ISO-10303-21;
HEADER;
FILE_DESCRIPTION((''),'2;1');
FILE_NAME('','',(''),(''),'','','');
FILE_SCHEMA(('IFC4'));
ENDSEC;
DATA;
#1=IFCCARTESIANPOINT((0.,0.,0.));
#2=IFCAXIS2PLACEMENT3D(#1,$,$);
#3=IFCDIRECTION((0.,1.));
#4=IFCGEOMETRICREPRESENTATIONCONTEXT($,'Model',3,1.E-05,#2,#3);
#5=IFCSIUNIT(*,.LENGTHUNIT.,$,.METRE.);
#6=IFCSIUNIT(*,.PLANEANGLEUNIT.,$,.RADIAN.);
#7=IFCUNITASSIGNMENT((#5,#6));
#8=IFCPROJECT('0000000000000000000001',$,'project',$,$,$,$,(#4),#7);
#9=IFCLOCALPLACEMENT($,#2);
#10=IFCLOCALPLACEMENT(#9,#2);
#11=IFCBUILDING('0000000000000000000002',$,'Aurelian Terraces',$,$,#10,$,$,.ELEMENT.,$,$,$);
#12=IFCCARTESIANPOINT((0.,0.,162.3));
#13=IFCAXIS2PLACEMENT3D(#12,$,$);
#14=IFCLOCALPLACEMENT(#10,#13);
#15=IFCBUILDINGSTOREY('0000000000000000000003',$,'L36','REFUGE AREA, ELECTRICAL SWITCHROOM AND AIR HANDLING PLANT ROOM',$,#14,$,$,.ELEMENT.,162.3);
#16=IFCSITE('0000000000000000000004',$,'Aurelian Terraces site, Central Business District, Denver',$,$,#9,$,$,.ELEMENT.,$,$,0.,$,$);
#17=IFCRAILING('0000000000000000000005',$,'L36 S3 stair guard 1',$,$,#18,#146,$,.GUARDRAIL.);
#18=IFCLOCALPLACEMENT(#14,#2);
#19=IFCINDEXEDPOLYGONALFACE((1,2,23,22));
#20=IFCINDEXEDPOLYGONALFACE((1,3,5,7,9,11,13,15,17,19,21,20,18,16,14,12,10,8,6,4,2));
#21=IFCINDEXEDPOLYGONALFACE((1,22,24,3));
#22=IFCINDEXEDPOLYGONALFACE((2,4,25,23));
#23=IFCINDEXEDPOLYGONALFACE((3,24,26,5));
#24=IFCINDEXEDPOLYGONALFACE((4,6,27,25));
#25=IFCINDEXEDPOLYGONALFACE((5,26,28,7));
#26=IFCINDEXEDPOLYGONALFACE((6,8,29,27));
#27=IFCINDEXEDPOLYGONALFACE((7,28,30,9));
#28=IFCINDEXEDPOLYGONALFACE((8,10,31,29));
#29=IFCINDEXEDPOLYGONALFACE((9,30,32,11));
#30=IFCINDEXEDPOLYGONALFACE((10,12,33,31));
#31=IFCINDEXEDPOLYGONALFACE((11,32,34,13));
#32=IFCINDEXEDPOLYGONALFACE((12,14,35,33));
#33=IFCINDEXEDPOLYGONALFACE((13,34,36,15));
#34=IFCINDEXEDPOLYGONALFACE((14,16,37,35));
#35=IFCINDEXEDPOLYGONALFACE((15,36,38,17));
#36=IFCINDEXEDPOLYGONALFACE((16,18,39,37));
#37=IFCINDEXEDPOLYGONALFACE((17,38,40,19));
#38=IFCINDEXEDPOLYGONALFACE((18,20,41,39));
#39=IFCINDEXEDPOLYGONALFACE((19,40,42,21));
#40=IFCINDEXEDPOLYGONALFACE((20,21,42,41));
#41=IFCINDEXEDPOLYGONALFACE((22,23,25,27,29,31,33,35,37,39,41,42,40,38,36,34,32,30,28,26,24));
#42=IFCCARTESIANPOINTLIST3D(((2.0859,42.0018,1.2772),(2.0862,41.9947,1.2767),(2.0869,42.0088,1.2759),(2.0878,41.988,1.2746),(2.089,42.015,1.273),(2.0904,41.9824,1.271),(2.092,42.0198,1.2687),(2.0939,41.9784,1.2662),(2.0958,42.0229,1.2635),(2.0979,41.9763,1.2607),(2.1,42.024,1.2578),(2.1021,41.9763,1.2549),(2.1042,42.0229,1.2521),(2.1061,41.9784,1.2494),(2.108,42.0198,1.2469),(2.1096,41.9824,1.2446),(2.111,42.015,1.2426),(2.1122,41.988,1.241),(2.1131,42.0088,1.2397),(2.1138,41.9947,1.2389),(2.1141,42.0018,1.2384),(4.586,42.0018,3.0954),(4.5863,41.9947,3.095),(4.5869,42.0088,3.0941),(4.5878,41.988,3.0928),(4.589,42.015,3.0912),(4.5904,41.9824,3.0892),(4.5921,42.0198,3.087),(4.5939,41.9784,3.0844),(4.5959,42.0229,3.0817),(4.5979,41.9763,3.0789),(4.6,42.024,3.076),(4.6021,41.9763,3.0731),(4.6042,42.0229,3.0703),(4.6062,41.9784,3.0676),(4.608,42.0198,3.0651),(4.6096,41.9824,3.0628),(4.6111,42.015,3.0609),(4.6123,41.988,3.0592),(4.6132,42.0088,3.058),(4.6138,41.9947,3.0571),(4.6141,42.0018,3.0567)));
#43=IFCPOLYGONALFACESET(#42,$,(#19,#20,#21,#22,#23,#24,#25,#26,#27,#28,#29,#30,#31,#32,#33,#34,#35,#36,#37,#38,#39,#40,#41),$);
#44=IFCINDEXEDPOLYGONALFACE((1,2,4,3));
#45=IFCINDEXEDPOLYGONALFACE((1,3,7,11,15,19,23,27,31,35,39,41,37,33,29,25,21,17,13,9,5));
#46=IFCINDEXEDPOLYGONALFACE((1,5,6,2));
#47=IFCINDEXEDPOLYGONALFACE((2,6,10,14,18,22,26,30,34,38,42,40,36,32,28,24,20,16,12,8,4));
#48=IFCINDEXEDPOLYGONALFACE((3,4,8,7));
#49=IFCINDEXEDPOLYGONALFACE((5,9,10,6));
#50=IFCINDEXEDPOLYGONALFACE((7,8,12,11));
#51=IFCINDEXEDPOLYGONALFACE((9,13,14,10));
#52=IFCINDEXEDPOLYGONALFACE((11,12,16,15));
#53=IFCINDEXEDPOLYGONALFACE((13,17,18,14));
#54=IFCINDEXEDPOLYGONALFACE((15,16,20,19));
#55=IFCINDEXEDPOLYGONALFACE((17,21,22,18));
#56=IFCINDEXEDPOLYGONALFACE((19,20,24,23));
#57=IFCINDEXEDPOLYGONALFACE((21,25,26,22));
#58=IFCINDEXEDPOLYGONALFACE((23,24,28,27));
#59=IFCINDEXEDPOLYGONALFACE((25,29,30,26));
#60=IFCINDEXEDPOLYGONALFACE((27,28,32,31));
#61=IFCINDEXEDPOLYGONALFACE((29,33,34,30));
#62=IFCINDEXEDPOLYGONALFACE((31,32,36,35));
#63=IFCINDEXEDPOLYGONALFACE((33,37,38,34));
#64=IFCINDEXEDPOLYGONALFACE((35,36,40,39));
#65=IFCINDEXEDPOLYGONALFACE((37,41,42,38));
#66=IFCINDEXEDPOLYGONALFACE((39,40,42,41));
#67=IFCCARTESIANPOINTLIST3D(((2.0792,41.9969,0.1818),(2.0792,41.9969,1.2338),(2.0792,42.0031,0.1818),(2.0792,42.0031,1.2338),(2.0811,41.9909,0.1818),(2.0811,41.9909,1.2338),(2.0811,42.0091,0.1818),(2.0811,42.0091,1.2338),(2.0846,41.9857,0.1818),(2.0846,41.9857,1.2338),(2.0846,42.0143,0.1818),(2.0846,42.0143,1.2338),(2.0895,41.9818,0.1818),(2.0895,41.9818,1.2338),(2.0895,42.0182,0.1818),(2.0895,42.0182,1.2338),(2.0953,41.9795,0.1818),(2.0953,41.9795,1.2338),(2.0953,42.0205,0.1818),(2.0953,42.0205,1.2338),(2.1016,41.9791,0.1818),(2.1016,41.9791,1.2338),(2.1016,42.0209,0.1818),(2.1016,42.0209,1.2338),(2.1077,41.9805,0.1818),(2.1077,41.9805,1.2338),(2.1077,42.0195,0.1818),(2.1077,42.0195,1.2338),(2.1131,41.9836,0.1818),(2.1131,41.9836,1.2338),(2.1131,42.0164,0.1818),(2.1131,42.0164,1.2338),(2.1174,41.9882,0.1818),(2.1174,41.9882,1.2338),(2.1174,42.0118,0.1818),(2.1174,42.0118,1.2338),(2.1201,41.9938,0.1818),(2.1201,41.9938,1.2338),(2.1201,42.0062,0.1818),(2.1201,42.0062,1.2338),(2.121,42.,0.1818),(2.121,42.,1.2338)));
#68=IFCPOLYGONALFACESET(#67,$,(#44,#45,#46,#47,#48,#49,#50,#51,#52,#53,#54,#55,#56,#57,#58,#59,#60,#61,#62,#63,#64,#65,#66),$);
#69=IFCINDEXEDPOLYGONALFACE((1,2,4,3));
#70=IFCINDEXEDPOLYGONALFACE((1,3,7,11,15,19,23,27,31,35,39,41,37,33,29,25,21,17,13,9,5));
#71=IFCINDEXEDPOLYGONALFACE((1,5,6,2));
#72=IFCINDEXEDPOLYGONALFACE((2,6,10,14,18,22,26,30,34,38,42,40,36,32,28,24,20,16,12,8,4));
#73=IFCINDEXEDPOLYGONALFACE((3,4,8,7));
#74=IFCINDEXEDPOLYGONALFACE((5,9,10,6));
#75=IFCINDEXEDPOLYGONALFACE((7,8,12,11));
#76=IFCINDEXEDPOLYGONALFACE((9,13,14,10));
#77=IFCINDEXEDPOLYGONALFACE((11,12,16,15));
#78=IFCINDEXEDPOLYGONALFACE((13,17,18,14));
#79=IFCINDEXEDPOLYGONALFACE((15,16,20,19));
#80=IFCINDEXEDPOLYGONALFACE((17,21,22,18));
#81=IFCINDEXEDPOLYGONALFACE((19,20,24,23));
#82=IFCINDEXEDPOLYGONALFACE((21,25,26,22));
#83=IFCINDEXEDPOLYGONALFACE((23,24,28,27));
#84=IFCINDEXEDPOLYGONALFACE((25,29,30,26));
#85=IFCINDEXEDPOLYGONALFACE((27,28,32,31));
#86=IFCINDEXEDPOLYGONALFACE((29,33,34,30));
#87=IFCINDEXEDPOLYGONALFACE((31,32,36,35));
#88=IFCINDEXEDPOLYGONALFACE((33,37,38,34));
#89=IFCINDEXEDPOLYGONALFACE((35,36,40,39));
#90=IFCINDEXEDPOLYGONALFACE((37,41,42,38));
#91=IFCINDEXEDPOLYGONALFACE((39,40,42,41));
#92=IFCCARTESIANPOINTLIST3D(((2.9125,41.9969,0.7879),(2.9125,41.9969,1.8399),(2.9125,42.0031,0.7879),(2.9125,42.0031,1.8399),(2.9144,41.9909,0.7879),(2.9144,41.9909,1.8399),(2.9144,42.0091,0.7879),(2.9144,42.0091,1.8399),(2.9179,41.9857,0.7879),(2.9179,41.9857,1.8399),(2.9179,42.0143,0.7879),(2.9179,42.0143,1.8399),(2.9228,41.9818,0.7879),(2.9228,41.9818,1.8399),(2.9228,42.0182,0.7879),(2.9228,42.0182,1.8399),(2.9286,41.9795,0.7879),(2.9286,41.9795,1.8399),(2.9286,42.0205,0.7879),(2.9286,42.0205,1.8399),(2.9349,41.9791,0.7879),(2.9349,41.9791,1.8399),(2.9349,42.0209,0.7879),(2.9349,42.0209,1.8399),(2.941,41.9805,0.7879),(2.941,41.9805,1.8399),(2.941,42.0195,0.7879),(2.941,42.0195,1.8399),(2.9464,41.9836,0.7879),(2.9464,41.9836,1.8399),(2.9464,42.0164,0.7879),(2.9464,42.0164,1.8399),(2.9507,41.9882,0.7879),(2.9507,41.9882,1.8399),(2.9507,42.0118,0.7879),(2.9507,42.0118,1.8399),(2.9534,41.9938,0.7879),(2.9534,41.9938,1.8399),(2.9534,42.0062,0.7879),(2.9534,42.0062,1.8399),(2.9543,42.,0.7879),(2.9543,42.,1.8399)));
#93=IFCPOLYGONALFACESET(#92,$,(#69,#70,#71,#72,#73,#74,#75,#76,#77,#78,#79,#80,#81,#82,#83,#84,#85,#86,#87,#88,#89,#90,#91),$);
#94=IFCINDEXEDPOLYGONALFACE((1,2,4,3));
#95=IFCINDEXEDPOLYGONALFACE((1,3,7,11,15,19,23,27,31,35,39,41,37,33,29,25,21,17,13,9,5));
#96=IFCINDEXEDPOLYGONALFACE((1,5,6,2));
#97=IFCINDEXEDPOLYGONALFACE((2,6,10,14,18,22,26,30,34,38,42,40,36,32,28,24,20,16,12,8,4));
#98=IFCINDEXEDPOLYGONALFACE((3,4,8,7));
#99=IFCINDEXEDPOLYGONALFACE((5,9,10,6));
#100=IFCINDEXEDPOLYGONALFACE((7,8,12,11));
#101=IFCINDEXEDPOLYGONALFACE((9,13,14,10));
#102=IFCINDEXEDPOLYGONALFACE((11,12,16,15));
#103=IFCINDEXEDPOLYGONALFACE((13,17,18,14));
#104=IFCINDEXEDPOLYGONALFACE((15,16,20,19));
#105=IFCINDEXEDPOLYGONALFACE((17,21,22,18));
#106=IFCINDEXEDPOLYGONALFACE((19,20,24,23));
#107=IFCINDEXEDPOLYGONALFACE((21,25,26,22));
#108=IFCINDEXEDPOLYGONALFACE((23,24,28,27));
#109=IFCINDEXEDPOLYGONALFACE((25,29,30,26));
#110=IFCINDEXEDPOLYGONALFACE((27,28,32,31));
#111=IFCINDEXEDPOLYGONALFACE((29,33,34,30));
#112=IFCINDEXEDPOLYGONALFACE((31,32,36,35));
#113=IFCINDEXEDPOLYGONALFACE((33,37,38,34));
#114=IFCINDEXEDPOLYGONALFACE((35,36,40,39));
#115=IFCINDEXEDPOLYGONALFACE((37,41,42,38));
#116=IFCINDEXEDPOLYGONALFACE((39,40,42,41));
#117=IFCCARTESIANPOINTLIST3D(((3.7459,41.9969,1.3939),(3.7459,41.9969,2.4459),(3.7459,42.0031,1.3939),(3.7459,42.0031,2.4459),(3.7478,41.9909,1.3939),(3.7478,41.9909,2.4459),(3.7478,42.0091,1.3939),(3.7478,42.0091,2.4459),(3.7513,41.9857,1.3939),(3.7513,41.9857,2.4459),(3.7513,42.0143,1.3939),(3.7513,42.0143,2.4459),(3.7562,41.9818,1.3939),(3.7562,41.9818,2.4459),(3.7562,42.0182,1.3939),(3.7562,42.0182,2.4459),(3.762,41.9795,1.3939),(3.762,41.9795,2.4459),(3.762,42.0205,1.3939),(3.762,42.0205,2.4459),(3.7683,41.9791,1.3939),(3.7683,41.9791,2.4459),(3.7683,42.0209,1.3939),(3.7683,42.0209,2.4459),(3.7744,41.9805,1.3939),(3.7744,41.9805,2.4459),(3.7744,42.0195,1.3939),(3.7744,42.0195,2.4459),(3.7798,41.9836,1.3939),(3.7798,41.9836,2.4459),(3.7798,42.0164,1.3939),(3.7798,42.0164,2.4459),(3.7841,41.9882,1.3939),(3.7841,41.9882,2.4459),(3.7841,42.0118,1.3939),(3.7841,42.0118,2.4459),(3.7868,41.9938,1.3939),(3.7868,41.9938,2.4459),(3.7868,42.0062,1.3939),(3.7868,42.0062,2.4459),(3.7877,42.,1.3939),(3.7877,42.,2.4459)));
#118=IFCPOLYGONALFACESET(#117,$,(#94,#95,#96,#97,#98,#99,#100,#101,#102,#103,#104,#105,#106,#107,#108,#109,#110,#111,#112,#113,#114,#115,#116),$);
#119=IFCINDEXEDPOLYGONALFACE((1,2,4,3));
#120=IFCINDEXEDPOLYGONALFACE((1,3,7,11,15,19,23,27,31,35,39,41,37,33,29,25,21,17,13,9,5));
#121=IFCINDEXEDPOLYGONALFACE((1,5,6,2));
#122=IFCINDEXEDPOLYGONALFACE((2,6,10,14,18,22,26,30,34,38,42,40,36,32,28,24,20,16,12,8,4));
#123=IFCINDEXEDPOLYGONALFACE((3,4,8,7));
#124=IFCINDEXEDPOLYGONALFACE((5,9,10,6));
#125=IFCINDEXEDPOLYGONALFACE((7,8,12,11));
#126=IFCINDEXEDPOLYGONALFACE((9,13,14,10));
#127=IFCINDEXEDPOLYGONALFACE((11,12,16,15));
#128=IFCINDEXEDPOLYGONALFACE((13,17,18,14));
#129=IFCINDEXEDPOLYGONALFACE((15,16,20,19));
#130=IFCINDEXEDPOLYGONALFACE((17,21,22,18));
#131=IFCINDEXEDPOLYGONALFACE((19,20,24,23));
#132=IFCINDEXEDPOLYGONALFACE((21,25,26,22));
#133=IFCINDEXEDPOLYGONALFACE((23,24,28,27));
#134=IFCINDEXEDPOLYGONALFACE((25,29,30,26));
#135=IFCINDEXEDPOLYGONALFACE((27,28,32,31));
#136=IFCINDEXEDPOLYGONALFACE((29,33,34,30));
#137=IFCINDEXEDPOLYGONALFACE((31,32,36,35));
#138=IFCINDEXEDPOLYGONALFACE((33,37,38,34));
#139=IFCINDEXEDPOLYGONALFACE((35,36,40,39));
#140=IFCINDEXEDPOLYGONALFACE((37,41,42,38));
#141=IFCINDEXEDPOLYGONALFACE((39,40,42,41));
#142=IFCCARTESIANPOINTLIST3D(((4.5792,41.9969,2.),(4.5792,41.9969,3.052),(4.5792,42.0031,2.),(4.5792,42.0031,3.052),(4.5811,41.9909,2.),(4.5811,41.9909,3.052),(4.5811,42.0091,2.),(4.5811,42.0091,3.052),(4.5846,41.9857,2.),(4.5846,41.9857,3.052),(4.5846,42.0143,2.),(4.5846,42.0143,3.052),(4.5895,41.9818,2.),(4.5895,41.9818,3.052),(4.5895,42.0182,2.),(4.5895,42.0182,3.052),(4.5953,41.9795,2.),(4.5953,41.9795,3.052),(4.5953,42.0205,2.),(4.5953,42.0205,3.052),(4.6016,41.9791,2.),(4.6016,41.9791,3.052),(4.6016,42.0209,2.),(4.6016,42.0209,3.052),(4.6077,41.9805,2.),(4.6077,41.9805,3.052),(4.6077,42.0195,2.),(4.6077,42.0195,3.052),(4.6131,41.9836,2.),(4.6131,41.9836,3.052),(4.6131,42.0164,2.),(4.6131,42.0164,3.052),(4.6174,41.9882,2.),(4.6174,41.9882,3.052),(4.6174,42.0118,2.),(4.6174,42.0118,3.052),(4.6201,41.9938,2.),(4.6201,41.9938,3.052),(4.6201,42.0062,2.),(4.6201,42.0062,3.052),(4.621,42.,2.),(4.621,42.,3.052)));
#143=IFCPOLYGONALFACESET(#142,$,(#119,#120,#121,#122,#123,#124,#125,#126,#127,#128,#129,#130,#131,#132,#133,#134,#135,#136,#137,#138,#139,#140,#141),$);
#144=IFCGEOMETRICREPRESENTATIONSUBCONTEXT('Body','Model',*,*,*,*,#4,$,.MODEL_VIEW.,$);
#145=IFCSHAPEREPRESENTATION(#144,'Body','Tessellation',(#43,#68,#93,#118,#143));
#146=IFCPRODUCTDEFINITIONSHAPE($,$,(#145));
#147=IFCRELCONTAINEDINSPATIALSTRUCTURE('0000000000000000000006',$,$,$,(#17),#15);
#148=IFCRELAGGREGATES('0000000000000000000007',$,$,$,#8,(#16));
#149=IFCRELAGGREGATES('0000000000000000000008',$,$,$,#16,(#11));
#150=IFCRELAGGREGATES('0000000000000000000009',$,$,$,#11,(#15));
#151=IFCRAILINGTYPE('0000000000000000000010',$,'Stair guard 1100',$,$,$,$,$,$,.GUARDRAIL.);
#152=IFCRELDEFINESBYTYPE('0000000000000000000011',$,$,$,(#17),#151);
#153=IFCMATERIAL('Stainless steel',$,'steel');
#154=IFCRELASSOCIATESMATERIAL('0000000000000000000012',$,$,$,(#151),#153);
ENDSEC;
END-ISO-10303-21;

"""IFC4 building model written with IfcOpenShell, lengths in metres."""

from ifc_helpers import new_model, si_unit, direction, frame, origin, origin_2d, place, context, subcontext, project, spatial, circle, extrude, material, type_object, element, save


model = new_model("IFC4")

# Units and contexts
model_context = context("Model", 3, precision=1e-05, world=origin(), true_north=direction((0.0, 1.0)))
body_context = subcontext(model_context, "Body", "Model", "MODEL_VIEW")
ifc_project = project(units=[si_unit("LENGTHUNIT", "METRE"), si_unit("PLANEANGLEUNIT", "RADIAN")], contexts=[model_context])

# Site, building, storey
site_placement = place(None, origin())
site = spatial("IfcSite", under=ifc_project, at=site_placement, Name="Aurelian Terraces site, Central Business District, Denver", CompositionType="ELEMENT", RefElevation=0.0)
building_placement = place(site_placement, origin())
building = spatial("IfcBuilding", under=site, at=building_placement, Name="Aurelian Terraces", CompositionType="ELEMENT")
storey_placement = place(building_placement, frame((0.0, 0.0, 162.3)))
storey = spatial("IfcBuildingStorey", under=building, at=storey_placement, Name="L36", Description="REFUGE AREA, ELECTRICAL SWITCHROOM AND AIR HANDLING PLANT ROOM", CompositionType="ELEMENT", Elevation=162.3)

# Railing
ifc_material_1 = material(Name="Stainless steel", Category="steel")
railing_type_1 = type_object("IfcRailingType", Name="Stair guard 1100", PredefinedType="GUARDRAIL", material=ifc_material_1)
railing_1_placement = place(storey_placement, frame((2.1, 42.0, 0.1818)))
element("IfcRailing", 1, at=railing_1_placement, inside=storey, type_object=railing_type_1, Name="L36 S3 stair guard 1", PredefinedType="GUARDRAIL", context=body_context, shape_type="SweptSolid", body=[
    extrude(circle(Radius=0.024, at=origin_2d()), frame((0.0, 0.0, 1.076), z_axis=(0.808733, 0.0, 0.588176), x_axis=(0.0, 1.0, 0.0)), (0.0, 0.0, 1.0), 3.0913),
    extrude(circle(Radius=0.021, at=origin_2d()), origin(), (0.0, 0.0, 1.0), 1.052),
    extrude(circle(Radius=0.021, at=origin_2d()), frame((0.8333, 0.0, 0.6061)), (0.0, 0.0, 1.0), 1.052),
    extrude(circle(Radius=0.021, at=origin_2d()), frame((1.6667, 0.0, 1.2121)), (0.0, 0.0, 1.0), 1.052),
    extrude(circle(Radius=0.021, at=origin_2d()), frame((2.5, 0.0, 1.8182)), (0.0, 0.0, 1.0), 1.052),
])

save(model, "model.ifc")
